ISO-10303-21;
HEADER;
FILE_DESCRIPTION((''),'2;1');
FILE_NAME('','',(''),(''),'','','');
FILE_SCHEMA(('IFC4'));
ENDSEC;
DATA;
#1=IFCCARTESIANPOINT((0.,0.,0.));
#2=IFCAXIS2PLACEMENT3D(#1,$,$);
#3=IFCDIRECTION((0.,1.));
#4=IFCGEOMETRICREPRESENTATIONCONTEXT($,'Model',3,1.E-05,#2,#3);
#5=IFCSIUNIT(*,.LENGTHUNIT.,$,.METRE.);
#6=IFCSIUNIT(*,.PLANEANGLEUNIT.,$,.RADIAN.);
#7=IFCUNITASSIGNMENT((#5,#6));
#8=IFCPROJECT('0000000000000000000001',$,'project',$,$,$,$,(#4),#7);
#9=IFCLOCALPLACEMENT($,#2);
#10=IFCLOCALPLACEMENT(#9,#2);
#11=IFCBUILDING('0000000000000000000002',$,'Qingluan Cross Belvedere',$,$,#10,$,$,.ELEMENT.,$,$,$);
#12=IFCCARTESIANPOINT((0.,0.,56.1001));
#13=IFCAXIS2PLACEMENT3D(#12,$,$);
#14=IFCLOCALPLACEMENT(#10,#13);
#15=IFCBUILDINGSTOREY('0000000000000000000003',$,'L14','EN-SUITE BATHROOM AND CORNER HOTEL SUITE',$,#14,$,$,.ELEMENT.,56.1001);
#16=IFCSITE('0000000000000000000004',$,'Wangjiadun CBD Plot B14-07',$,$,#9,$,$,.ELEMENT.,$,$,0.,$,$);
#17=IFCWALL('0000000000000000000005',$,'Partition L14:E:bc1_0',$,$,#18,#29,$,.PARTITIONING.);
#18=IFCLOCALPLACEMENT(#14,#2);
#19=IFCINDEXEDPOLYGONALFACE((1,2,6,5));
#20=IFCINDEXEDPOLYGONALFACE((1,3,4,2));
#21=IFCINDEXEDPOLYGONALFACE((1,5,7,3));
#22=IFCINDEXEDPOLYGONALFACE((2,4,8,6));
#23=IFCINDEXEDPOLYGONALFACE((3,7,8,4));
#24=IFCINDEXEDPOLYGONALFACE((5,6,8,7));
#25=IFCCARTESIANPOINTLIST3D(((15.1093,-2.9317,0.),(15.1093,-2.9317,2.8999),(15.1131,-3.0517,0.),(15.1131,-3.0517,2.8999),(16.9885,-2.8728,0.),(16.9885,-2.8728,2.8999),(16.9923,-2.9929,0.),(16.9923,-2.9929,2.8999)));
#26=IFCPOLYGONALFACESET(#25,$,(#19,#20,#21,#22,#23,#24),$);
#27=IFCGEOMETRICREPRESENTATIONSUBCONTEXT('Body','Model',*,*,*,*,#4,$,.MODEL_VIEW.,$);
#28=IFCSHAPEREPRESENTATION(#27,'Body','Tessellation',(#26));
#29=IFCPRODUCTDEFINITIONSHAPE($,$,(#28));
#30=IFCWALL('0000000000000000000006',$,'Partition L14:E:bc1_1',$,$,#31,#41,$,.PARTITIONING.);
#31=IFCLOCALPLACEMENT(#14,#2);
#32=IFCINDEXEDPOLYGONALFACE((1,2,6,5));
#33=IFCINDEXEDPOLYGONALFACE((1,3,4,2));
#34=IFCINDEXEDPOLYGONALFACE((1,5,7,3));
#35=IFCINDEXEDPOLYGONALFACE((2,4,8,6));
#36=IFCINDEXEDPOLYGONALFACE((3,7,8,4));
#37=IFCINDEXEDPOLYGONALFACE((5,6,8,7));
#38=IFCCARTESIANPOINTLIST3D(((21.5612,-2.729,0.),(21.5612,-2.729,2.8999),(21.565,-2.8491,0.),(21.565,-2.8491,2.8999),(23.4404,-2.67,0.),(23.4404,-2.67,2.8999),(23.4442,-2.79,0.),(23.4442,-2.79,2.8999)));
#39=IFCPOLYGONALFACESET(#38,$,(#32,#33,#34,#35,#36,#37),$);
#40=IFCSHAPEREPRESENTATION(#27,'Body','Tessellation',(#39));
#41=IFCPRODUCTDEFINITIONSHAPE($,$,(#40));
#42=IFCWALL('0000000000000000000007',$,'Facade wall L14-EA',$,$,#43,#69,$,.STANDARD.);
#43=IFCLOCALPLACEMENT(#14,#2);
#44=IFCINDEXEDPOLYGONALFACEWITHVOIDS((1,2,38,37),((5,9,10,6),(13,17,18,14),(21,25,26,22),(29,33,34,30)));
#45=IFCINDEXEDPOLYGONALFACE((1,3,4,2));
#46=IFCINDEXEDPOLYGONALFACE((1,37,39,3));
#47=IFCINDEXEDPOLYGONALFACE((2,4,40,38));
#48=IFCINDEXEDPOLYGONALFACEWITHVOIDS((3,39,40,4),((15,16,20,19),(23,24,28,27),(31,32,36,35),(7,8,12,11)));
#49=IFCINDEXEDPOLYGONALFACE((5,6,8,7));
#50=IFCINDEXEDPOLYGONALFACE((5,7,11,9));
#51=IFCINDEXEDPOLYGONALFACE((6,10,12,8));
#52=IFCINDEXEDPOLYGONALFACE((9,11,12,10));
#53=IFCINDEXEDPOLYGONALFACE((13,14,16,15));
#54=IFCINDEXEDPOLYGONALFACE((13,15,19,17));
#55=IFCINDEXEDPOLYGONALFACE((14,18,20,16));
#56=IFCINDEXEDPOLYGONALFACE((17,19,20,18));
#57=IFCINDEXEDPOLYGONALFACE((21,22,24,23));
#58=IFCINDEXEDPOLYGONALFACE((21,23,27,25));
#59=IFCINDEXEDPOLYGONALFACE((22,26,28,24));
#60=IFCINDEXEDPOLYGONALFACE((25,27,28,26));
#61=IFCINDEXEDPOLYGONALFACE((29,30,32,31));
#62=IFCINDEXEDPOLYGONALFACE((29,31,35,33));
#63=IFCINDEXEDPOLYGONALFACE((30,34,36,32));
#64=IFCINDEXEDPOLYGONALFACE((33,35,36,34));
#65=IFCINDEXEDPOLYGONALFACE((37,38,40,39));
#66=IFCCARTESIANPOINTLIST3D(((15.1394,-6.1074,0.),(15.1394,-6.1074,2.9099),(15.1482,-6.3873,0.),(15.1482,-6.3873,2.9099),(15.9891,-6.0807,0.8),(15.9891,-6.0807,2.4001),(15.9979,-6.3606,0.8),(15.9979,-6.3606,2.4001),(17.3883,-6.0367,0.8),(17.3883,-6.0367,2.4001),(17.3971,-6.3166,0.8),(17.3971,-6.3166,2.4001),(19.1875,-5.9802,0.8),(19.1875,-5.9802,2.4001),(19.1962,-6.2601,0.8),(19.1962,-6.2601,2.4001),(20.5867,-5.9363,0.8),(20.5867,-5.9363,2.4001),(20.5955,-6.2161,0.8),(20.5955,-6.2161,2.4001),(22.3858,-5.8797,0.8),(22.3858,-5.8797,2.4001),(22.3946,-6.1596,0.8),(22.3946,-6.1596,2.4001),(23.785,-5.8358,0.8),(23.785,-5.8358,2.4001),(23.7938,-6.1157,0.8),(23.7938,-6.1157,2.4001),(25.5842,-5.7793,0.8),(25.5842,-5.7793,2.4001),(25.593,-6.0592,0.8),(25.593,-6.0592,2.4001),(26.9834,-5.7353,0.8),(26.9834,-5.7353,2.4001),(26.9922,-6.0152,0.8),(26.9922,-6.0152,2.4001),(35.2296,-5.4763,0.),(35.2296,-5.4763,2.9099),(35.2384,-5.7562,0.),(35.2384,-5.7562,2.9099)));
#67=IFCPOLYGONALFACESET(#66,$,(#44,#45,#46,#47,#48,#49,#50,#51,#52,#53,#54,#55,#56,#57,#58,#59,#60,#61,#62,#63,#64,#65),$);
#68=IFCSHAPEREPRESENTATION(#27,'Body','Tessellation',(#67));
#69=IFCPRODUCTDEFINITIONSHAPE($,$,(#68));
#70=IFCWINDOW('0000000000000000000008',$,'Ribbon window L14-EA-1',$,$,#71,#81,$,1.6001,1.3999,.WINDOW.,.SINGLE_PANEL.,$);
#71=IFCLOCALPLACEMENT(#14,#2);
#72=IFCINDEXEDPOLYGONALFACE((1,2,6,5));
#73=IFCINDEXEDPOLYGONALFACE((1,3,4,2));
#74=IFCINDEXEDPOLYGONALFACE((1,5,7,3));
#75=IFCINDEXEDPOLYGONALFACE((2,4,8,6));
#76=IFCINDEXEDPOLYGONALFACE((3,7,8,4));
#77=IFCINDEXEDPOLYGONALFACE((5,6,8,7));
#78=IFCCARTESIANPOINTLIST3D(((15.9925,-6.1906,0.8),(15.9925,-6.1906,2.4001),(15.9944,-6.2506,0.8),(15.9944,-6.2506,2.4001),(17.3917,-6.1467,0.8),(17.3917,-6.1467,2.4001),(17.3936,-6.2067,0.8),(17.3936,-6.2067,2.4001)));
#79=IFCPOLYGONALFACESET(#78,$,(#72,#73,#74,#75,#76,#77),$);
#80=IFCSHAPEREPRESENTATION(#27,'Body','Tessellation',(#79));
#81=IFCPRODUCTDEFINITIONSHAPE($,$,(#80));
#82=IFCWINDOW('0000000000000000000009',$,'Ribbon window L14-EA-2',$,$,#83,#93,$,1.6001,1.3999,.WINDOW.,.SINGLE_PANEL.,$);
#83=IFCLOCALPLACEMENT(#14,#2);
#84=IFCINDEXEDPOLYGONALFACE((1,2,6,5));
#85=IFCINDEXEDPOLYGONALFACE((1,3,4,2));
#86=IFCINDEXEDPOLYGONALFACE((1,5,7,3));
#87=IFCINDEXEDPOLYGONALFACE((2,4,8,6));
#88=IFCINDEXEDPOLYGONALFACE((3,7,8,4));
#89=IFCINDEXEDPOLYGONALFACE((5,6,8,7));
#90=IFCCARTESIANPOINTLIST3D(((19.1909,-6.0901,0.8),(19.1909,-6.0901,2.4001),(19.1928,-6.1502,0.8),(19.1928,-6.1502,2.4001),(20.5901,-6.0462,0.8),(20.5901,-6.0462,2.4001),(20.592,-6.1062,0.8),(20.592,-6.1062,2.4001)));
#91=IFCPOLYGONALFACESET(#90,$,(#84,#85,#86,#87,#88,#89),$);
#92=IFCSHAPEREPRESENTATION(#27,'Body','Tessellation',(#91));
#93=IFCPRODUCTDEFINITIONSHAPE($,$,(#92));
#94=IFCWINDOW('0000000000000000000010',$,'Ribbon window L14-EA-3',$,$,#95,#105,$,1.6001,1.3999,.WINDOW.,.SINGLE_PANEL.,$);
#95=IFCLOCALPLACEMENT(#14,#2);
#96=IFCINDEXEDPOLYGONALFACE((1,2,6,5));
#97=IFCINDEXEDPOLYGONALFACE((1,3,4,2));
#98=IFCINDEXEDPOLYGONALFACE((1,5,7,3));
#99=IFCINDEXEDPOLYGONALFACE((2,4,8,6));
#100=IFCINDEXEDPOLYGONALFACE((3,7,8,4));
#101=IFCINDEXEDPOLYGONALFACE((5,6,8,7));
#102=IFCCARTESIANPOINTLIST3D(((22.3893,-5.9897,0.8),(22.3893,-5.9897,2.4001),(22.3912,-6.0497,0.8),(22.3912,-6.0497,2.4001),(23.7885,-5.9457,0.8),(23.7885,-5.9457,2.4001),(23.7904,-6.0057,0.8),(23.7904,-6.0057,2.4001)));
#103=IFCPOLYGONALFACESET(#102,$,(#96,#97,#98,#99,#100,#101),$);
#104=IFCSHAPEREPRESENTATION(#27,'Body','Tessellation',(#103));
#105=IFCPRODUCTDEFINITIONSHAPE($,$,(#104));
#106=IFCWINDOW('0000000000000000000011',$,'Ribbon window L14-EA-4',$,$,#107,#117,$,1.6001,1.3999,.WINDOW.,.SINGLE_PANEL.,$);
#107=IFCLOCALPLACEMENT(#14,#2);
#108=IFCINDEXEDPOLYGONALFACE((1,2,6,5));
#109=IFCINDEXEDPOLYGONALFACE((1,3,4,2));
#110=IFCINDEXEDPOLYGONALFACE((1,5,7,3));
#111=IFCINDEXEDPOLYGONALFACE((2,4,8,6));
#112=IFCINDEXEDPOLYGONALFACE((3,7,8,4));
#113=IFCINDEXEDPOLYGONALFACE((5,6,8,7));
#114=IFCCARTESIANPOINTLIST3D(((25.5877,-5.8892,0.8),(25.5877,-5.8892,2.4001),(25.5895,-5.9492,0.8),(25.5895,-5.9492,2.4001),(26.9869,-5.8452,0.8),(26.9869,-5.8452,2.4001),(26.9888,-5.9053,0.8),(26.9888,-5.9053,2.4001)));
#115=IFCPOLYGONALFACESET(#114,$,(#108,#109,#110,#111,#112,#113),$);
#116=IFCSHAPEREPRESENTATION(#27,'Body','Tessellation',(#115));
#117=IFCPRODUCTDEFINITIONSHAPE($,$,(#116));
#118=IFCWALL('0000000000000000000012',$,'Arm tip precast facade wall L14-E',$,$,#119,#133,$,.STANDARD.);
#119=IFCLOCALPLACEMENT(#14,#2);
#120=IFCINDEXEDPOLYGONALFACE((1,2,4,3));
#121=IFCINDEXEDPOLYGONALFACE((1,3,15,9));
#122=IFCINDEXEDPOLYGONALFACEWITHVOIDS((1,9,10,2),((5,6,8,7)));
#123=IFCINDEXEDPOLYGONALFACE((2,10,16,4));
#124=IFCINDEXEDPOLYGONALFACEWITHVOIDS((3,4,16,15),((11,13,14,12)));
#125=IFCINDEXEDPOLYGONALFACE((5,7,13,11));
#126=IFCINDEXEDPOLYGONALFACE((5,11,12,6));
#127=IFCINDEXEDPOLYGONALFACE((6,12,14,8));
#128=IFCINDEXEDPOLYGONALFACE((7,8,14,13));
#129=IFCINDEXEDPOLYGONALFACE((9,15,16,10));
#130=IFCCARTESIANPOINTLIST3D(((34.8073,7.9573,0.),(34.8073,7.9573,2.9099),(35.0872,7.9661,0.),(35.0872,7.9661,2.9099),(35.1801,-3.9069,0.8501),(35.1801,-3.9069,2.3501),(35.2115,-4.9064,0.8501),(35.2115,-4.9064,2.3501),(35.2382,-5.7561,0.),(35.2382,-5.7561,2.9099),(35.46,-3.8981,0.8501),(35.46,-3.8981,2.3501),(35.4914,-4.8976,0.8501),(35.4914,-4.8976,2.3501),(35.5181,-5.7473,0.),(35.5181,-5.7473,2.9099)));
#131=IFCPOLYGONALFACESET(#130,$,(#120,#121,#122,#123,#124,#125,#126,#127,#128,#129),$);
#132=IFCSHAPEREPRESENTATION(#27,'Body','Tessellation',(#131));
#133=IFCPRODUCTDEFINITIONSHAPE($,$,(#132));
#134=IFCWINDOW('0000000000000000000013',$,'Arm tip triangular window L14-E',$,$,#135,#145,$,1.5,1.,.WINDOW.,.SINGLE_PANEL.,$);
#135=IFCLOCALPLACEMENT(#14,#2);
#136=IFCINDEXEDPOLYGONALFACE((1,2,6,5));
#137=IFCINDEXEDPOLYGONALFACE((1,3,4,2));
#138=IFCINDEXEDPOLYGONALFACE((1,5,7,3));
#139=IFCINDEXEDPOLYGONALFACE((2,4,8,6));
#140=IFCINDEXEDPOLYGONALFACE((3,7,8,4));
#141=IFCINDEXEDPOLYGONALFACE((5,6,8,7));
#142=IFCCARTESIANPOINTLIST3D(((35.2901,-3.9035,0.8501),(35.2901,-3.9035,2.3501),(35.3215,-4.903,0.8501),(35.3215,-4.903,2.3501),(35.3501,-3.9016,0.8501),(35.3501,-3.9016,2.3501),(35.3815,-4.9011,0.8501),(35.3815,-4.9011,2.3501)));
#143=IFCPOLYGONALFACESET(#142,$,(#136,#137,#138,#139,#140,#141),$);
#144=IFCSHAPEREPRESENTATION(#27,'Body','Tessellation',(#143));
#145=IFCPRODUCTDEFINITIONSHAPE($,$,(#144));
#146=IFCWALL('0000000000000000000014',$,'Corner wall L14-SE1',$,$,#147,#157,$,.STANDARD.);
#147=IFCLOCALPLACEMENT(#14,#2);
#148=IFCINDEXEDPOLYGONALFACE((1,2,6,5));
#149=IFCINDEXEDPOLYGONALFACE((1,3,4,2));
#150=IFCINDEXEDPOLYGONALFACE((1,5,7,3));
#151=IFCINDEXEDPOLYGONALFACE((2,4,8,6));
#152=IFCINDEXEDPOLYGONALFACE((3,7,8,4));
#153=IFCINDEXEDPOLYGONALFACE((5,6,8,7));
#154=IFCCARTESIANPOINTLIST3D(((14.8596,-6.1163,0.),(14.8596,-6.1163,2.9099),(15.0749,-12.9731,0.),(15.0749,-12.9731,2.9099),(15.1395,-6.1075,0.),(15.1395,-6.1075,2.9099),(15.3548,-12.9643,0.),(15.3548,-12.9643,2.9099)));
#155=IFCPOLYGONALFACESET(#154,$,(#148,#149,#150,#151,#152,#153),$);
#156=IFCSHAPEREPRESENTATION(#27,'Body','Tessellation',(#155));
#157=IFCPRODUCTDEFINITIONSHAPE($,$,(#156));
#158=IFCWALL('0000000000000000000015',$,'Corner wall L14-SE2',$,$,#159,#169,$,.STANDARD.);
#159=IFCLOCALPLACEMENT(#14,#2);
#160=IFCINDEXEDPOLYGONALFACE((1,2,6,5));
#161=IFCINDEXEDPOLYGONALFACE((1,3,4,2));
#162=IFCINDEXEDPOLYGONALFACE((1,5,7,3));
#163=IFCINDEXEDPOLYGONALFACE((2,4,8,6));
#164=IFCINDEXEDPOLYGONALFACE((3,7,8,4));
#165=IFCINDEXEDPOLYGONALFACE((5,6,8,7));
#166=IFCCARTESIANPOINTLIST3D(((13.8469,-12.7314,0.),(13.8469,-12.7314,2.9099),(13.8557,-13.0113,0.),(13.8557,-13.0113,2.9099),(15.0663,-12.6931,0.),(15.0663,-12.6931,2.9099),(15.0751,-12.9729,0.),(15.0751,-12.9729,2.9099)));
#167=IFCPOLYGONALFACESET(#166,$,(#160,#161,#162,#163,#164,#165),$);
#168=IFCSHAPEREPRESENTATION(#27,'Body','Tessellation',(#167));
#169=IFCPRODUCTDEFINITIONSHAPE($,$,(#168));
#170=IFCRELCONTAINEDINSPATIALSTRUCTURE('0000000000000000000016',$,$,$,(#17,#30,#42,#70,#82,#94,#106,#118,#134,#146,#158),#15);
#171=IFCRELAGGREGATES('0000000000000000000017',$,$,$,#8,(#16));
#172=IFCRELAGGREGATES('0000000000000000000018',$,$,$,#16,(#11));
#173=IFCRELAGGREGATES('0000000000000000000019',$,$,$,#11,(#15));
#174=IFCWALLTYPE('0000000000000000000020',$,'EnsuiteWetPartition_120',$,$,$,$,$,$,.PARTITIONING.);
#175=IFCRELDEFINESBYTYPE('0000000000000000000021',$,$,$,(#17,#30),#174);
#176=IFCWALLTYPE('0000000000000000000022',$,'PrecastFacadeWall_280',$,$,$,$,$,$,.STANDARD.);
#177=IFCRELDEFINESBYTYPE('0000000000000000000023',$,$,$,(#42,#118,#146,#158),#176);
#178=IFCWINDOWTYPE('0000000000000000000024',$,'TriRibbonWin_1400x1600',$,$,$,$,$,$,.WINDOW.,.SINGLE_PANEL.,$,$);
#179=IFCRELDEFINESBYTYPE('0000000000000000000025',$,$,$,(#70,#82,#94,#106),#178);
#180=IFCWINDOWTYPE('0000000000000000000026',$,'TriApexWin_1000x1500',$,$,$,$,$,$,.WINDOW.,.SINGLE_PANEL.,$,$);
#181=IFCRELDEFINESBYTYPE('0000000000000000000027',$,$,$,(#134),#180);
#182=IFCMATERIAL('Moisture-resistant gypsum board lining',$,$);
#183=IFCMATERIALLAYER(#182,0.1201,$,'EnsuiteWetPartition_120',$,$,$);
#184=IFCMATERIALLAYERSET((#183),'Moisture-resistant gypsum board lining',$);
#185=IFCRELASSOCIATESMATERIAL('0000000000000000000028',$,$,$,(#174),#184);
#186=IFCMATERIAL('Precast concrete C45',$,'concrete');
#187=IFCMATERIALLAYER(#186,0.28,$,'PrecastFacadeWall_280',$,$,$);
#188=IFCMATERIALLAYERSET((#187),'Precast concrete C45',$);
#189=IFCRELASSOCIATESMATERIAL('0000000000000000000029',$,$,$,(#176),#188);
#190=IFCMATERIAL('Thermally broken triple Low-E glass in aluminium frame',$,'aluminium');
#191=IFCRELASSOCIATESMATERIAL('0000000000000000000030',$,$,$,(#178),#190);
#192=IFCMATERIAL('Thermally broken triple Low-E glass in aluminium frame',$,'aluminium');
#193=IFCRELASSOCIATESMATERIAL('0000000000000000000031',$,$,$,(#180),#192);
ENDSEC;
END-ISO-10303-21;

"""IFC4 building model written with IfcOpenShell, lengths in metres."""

from ifc_helpers import new_model, si_unit, direction, frame, frame_2d, origin, place, context, subcontext, project, spatial, rectangle, extrude, material, layer, layer_set, type_object, element, fill, save


model = new_model("IFC4")

# Units and contexts
model_context = context("Model", 3, precision=1e-05, world=origin(), true_north=direction((0.0, 1.0)))
body_context = subcontext(model_context, "Body", "Model", "MODEL_VIEW")
ifc_project = project(units=[si_unit("LENGTHUNIT", "METRE"), si_unit("PLANEANGLEUNIT", "RADIAN")], contexts=[model_context])

# Site, building, storey
site_placement = place(None, origin())
site = spatial("IfcSite", under=ifc_project, at=site_placement, Name="Wangjiadun CBD Plot B14-07", CompositionType="ELEMENT", RefElevation=0.0)
building_placement = place(site_placement, origin())
building = spatial("IfcBuilding", under=site, at=building_placement, Name="Qingluan Cross Belvedere", CompositionType="ELEMENT")
storey_placement = place(building_placement, frame((0.0, 0.0, 56.1001)))
storey = spatial("IfcBuildingStorey", under=building, at=storey_placement, Name="L14", Description="EN-SUITE BATHROOM AND CORNER HOTEL SUITE", CompositionType="ELEMENT", Elevation=56.1001)

# Shared definitions
ifc_material_1 = material(Name="Moisture-resistant gypsum board lining")
ifc_layer_1 = layer(ifc_material_1, 0.1201, Name="EnsuiteWetPartition_120")
ifc_layer_set_1 = layer_set([ifc_layer_1], Name="Moisture-resistant gypsum board lining")
wall_type_1 = type_object("IfcWallType", Name="EnsuiteWetPartition_120", PredefinedType="PARTITIONING", material=ifc_layer_set_1)

# Walls
for number, where, z_axis, x_axis, name in (
    (1, (15.1113, -2.9917, 0.0), (0.0, 0.0, 1.0), (0.99951, 0.031296, 0.0), "Partition L14:E:bc1_0"),
    (2, (21.5632, -2.7891, 0.0), (0.0, 0.0, 1.0), (0.999506, 0.031425, 0.0), "Partition L14:E:bc1_1"),
):
    element("IfcWall", number, at=place(storey_placement, frame(where, z_axis=z_axis, x_axis=x_axis)), inside=storey, type_object=wall_type_1, Name=name, PredefinedType="PARTITIONING", context=body_context, shape_type="SweptSolid", body=[
        extrude(rectangle(XDim=1.8801, YDim=0.1201, at=frame_2d((0.9399, 0.0))), origin(), (0.0, 0.0, 1.0), 2.8999),
    ])

# Wall, openings, windows
ifc_material_2 = material(Name="Precast concrete C45", Category="concrete")
ifc_layer_2 = layer(ifc_material_2, 0.28, Name="PrecastFacadeWall_280")
ifc_layer_set_2 = layer_set([ifc_layer_2], Name="Precast concrete C45")
wall_type_2 = type_object("IfcWallType", Name="PrecastFacadeWall_280", PredefinedType="STANDARD", material=ifc_layer_set_2)
wall_1_placement = place(storey_placement, frame((15.1438, -6.2473, 0.0), z_axis=(0.0, 0.0, 1.0), x_axis=(0.999507, 0.031398, 0.0)))
wall_1 = element("IfcWall", 3, at=wall_1_placement, inside=storey, type_object=wall_type_2, Name="Facade wall L14-EA", PredefinedType="STANDARD", context=body_context, shape_type="SweptSolid", body=[
    extrude(rectangle(XDim=20.1001, YDim=0.28, at=frame_2d((10.05, 0.0))), origin(), (0.0, 0.0, 1.0), 2.9099),
])
opening_1_placement = place(wall_1_placement, frame((0.8501, 0.0, 0.8)))
opening_1 = element("IfcOpeningElement", 4, at=opening_1_placement, cuts=wall_1, PredefinedType="OPENING", context=body_context, shape_type="SweptSolid", body=[
    extrude(rectangle(XDim=1.3999, YDim=1.6001, at=frame_2d((0.7, 0.8))), frame((0.0, 0.1499, 0.0), z_axis=(0.0, -1.0, 0.0), x_axis=(1.0, 0.0, 0.0)), (0.0, 0.0, 1.0), 0.3),
])
opening_2_placement = place(wall_1_placement, frame((4.05, 0.0, 0.8)))
opening_2 = element("IfcOpeningElement", 5, at=opening_2_placement, cuts=wall_1, PredefinedType="OPENING", context=body_context, shape_type="SweptSolid", body=[
    extrude(rectangle(XDim=1.3999, YDim=1.6001, at=frame_2d((0.7, 0.8))), frame((0.0, 0.1499, 0.0), z_axis=(0.0, -1.0, 0.0), x_axis=(1.0, 0.0, 0.0)), (0.0, 0.0, 1.0), 0.3),
])
opening_3_placement = place(wall_1_placement, frame((7.25, 0.0, 0.8)))
opening_3 = element("IfcOpeningElement", 6, at=opening_3_placement, cuts=wall_1, PredefinedType="OPENING", context=body_context, shape_type="SweptSolid", body=[
    extrude(rectangle(XDim=1.3999, YDim=1.6001, at=frame_2d((0.7, 0.8))), frame((0.0, 0.1499, 0.0), z_axis=(0.0, -1.0, 0.0), x_axis=(1.0, 0.0, 0.0)), (0.0, 0.0, 1.0), 0.3),
])
opening_4_placement = place(wall_1_placement, frame((10.45, 0.0, 0.8)))
opening_4 = element("IfcOpeningElement", 7, at=opening_4_placement, cuts=wall_1, PredefinedType="OPENING", context=body_context, shape_type="SweptSolid", body=[
    extrude(rectangle(XDim=1.3999, YDim=1.6001, at=frame_2d((0.7, 0.8))), frame((0.0, 0.1499, 0.0), z_axis=(0.0, -1.0, 0.0), x_axis=(1.0, 0.0, 0.0)), (0.0, 0.0, 1.0), 0.3),
])
ifc_material_3 = material(Name="Thermally broken triple Low-E glass in aluminium frame", Category="aluminium")
window_type_1 = type_object("IfcWindowType", Name="TriRibbonWin_1400x1600", PartitioningType="SINGLE_PANEL", PredefinedType="WINDOW", material=ifc_material_3)
window_1_placement = place(opening_1_placement, origin())
window_1 = element("IfcWindow", 8, at=window_1_placement, inside=storey, type_object=window_type_1, Name="Ribbon window L14-EA-1", OverallHeight=1.6001, OverallWidth=1.3999, PartitioningType="SINGLE_PANEL", PredefinedType="WINDOW", context=body_context, shape_type="SweptSolid", body=[
    extrude(rectangle(XDim=1.3999, YDim=1.6001, at=frame_2d((0.7, 0.8))), frame((0.0, 0.03, 0.0), z_axis=(0.0, -1.0, 0.0), x_axis=(1.0, 0.0, 0.0)), (0.0, 0.0, 1.0), 0.0601),
])
fill(opening_1, window_1)
window_2_placement = place(opening_2_placement, origin())
window_2 = element("IfcWindow", 9, at=window_2_placement, inside=storey, type_object=window_type_1, Name="Ribbon window L14-EA-2", OverallHeight=1.6001, OverallWidth=1.3999, PartitioningType="SINGLE_PANEL", PredefinedType="WINDOW", context=body_context, shape_type="SweptSolid", body=[
    extrude(rectangle(XDim=1.3999, YDim=1.6001, at=frame_2d((0.7, 0.8))), frame((0.0, 0.03, 0.0), z_axis=(0.0, -1.0, 0.0), x_axis=(1.0, 0.0, 0.0)), (0.0, 0.0, 1.0), 0.0601),
])
fill(opening_2, window_2)
window_3_placement = place(opening_3_placement, origin())
window_3 = element("IfcWindow", 10, at=window_3_placement, inside=storey, type_object=window_type_1, Name="Ribbon window L14-EA-3", OverallHeight=1.6001, OverallWidth=1.3999, PartitioningType="SINGLE_PANEL", PredefinedType="WINDOW", context=body_context, shape_type="SweptSolid", body=[
    extrude(rectangle(XDim=1.3999, YDim=1.6001, at=frame_2d((0.7, 0.8))), frame((0.0, 0.03, 0.0), z_axis=(0.0, -1.0, 0.0), x_axis=(1.0, 0.0, 0.0)), (0.0, 0.0, 1.0), 0.0601),
])
fill(opening_3, window_3)
window_4_placement = place(opening_4_placement, origin())
window_4 = element("IfcWindow", 11, at=window_4_placement, inside=storey, type_object=window_type_1, Name="Ribbon window L14-EA-4", OverallHeight=1.6001, OverallWidth=1.3999, PartitioningType="SINGLE_PANEL", PredefinedType="WINDOW", context=body_context, shape_type="SweptSolid", body=[
    extrude(rectangle(XDim=1.3999, YDim=1.6001, at=frame_2d((0.7, 0.8))), frame((0.0, 0.03, 0.0), z_axis=(0.0, -1.0, 0.0), x_axis=(1.0, 0.0, 0.0)), (0.0, 0.0, 1.0), 0.0601),
])
fill(opening_4, window_4)

# Wall, opening, window
wall_2_placement = place(storey_placement, frame((35.3782, -5.7517, 0.0), z_axis=(0.0, 0.0, 1.0), x_axis=(-0.031407, 0.999507, 0.0)))
wall_2 = element("IfcWall", 12, at=wall_2_placement, inside=storey, type_object=wall_type_2, Name="Arm tip precast facade wall L14-E", PredefinedType="STANDARD", context=body_context, shape_type="SweptSolid", body=[
    extrude(rectangle(XDim=13.7202, YDim=0.28, at=frame_2d((6.8601, 0.0))), origin(), (0.0, 0.0, 1.0), 2.9099),
])
opening_5_placement = place(wall_2_placement, frame((0.8501, 0.0, 0.8501)))
opening_5 = element("IfcOpeningElement", 13, at=opening_5_placement, cuts=wall_2, PredefinedType="OPENING", context=body_context, shape_type="SweptSolid", body=[
    extrude(rectangle(XDim=1.0, YDim=1.5, at=frame_2d((0.5, 0.75))), frame((0.0, 0.1499, 0.0), z_axis=(0.0, -1.0, 0.0), x_axis=(1.0, 0.0, 0.0)), (0.0, 0.0, 1.0), 0.3),
])
ifc_material_4 = material(Name="Thermally broken triple Low-E glass in aluminium frame", Category="aluminium")
window_type_2 = type_object("IfcWindowType", Name="TriApexWin_1000x1500", PartitioningType="SINGLE_PANEL", PredefinedType="WINDOW", material=ifc_material_4)
window_5_placement = place(opening_5_placement, origin())
window_5 = element("IfcWindow", 14, at=window_5_placement, inside=storey, type_object=window_type_2, Name="Arm tip triangular window L14-E", OverallHeight=1.5, OverallWidth=1.0, PartitioningType="SINGLE_PANEL", PredefinedType="WINDOW", context=body_context, shape_type="SweptSolid", body=[
    extrude(rectangle(XDim=1.0, YDim=1.5, at=frame_2d((0.5, 0.75))), frame((0.0, 0.03, 0.0), z_axis=(0.0, -1.0, 0.0), x_axis=(1.0, 0.0, 0.0)), (0.0, 0.0, 1.0), 0.0601),
])
fill(opening_5, window_5)

# Walls
wall_3_placement = place(storey_placement, frame((14.9995, -6.1118, 0.0), z_axis=(0.0, 0.0, 1.0), x_axis=(0.031389, -0.999507, 0.0)))
element("IfcWall", 15, at=wall_3_placement, inside=storey, type_object=wall_type_2, Name="Corner wall L14-SE1", PredefinedType="STANDARD", context=body_context, shape_type="SweptSolid", body=[
    extrude(rectangle(XDim=6.8601, YDim=0.28, at=frame_2d((3.4302, 0.0))), origin(), (0.0, 0.0, 1.0), 2.9099),
])
wall_4_placement = place(storey_placement, frame((15.0706, -12.833, 0.0), z_axis=(0.0, 0.0, 1.0), x_axis=(-0.999506, -0.031416, 0.0)))
element("IfcWall", 16, at=wall_4_placement, inside=storey, type_object=wall_type_2, Name="Corner wall L14-SE2", PredefinedType="STANDARD", context=body_context, shape_type="SweptSolid", body=[
    extrude(rectangle(XDim=1.22, YDim=0.28, at=frame_2d((0.6099, 0.0))), origin(), (0.0, 0.0, 1.0), 2.9099),
])

save(model, "model.ifc")
